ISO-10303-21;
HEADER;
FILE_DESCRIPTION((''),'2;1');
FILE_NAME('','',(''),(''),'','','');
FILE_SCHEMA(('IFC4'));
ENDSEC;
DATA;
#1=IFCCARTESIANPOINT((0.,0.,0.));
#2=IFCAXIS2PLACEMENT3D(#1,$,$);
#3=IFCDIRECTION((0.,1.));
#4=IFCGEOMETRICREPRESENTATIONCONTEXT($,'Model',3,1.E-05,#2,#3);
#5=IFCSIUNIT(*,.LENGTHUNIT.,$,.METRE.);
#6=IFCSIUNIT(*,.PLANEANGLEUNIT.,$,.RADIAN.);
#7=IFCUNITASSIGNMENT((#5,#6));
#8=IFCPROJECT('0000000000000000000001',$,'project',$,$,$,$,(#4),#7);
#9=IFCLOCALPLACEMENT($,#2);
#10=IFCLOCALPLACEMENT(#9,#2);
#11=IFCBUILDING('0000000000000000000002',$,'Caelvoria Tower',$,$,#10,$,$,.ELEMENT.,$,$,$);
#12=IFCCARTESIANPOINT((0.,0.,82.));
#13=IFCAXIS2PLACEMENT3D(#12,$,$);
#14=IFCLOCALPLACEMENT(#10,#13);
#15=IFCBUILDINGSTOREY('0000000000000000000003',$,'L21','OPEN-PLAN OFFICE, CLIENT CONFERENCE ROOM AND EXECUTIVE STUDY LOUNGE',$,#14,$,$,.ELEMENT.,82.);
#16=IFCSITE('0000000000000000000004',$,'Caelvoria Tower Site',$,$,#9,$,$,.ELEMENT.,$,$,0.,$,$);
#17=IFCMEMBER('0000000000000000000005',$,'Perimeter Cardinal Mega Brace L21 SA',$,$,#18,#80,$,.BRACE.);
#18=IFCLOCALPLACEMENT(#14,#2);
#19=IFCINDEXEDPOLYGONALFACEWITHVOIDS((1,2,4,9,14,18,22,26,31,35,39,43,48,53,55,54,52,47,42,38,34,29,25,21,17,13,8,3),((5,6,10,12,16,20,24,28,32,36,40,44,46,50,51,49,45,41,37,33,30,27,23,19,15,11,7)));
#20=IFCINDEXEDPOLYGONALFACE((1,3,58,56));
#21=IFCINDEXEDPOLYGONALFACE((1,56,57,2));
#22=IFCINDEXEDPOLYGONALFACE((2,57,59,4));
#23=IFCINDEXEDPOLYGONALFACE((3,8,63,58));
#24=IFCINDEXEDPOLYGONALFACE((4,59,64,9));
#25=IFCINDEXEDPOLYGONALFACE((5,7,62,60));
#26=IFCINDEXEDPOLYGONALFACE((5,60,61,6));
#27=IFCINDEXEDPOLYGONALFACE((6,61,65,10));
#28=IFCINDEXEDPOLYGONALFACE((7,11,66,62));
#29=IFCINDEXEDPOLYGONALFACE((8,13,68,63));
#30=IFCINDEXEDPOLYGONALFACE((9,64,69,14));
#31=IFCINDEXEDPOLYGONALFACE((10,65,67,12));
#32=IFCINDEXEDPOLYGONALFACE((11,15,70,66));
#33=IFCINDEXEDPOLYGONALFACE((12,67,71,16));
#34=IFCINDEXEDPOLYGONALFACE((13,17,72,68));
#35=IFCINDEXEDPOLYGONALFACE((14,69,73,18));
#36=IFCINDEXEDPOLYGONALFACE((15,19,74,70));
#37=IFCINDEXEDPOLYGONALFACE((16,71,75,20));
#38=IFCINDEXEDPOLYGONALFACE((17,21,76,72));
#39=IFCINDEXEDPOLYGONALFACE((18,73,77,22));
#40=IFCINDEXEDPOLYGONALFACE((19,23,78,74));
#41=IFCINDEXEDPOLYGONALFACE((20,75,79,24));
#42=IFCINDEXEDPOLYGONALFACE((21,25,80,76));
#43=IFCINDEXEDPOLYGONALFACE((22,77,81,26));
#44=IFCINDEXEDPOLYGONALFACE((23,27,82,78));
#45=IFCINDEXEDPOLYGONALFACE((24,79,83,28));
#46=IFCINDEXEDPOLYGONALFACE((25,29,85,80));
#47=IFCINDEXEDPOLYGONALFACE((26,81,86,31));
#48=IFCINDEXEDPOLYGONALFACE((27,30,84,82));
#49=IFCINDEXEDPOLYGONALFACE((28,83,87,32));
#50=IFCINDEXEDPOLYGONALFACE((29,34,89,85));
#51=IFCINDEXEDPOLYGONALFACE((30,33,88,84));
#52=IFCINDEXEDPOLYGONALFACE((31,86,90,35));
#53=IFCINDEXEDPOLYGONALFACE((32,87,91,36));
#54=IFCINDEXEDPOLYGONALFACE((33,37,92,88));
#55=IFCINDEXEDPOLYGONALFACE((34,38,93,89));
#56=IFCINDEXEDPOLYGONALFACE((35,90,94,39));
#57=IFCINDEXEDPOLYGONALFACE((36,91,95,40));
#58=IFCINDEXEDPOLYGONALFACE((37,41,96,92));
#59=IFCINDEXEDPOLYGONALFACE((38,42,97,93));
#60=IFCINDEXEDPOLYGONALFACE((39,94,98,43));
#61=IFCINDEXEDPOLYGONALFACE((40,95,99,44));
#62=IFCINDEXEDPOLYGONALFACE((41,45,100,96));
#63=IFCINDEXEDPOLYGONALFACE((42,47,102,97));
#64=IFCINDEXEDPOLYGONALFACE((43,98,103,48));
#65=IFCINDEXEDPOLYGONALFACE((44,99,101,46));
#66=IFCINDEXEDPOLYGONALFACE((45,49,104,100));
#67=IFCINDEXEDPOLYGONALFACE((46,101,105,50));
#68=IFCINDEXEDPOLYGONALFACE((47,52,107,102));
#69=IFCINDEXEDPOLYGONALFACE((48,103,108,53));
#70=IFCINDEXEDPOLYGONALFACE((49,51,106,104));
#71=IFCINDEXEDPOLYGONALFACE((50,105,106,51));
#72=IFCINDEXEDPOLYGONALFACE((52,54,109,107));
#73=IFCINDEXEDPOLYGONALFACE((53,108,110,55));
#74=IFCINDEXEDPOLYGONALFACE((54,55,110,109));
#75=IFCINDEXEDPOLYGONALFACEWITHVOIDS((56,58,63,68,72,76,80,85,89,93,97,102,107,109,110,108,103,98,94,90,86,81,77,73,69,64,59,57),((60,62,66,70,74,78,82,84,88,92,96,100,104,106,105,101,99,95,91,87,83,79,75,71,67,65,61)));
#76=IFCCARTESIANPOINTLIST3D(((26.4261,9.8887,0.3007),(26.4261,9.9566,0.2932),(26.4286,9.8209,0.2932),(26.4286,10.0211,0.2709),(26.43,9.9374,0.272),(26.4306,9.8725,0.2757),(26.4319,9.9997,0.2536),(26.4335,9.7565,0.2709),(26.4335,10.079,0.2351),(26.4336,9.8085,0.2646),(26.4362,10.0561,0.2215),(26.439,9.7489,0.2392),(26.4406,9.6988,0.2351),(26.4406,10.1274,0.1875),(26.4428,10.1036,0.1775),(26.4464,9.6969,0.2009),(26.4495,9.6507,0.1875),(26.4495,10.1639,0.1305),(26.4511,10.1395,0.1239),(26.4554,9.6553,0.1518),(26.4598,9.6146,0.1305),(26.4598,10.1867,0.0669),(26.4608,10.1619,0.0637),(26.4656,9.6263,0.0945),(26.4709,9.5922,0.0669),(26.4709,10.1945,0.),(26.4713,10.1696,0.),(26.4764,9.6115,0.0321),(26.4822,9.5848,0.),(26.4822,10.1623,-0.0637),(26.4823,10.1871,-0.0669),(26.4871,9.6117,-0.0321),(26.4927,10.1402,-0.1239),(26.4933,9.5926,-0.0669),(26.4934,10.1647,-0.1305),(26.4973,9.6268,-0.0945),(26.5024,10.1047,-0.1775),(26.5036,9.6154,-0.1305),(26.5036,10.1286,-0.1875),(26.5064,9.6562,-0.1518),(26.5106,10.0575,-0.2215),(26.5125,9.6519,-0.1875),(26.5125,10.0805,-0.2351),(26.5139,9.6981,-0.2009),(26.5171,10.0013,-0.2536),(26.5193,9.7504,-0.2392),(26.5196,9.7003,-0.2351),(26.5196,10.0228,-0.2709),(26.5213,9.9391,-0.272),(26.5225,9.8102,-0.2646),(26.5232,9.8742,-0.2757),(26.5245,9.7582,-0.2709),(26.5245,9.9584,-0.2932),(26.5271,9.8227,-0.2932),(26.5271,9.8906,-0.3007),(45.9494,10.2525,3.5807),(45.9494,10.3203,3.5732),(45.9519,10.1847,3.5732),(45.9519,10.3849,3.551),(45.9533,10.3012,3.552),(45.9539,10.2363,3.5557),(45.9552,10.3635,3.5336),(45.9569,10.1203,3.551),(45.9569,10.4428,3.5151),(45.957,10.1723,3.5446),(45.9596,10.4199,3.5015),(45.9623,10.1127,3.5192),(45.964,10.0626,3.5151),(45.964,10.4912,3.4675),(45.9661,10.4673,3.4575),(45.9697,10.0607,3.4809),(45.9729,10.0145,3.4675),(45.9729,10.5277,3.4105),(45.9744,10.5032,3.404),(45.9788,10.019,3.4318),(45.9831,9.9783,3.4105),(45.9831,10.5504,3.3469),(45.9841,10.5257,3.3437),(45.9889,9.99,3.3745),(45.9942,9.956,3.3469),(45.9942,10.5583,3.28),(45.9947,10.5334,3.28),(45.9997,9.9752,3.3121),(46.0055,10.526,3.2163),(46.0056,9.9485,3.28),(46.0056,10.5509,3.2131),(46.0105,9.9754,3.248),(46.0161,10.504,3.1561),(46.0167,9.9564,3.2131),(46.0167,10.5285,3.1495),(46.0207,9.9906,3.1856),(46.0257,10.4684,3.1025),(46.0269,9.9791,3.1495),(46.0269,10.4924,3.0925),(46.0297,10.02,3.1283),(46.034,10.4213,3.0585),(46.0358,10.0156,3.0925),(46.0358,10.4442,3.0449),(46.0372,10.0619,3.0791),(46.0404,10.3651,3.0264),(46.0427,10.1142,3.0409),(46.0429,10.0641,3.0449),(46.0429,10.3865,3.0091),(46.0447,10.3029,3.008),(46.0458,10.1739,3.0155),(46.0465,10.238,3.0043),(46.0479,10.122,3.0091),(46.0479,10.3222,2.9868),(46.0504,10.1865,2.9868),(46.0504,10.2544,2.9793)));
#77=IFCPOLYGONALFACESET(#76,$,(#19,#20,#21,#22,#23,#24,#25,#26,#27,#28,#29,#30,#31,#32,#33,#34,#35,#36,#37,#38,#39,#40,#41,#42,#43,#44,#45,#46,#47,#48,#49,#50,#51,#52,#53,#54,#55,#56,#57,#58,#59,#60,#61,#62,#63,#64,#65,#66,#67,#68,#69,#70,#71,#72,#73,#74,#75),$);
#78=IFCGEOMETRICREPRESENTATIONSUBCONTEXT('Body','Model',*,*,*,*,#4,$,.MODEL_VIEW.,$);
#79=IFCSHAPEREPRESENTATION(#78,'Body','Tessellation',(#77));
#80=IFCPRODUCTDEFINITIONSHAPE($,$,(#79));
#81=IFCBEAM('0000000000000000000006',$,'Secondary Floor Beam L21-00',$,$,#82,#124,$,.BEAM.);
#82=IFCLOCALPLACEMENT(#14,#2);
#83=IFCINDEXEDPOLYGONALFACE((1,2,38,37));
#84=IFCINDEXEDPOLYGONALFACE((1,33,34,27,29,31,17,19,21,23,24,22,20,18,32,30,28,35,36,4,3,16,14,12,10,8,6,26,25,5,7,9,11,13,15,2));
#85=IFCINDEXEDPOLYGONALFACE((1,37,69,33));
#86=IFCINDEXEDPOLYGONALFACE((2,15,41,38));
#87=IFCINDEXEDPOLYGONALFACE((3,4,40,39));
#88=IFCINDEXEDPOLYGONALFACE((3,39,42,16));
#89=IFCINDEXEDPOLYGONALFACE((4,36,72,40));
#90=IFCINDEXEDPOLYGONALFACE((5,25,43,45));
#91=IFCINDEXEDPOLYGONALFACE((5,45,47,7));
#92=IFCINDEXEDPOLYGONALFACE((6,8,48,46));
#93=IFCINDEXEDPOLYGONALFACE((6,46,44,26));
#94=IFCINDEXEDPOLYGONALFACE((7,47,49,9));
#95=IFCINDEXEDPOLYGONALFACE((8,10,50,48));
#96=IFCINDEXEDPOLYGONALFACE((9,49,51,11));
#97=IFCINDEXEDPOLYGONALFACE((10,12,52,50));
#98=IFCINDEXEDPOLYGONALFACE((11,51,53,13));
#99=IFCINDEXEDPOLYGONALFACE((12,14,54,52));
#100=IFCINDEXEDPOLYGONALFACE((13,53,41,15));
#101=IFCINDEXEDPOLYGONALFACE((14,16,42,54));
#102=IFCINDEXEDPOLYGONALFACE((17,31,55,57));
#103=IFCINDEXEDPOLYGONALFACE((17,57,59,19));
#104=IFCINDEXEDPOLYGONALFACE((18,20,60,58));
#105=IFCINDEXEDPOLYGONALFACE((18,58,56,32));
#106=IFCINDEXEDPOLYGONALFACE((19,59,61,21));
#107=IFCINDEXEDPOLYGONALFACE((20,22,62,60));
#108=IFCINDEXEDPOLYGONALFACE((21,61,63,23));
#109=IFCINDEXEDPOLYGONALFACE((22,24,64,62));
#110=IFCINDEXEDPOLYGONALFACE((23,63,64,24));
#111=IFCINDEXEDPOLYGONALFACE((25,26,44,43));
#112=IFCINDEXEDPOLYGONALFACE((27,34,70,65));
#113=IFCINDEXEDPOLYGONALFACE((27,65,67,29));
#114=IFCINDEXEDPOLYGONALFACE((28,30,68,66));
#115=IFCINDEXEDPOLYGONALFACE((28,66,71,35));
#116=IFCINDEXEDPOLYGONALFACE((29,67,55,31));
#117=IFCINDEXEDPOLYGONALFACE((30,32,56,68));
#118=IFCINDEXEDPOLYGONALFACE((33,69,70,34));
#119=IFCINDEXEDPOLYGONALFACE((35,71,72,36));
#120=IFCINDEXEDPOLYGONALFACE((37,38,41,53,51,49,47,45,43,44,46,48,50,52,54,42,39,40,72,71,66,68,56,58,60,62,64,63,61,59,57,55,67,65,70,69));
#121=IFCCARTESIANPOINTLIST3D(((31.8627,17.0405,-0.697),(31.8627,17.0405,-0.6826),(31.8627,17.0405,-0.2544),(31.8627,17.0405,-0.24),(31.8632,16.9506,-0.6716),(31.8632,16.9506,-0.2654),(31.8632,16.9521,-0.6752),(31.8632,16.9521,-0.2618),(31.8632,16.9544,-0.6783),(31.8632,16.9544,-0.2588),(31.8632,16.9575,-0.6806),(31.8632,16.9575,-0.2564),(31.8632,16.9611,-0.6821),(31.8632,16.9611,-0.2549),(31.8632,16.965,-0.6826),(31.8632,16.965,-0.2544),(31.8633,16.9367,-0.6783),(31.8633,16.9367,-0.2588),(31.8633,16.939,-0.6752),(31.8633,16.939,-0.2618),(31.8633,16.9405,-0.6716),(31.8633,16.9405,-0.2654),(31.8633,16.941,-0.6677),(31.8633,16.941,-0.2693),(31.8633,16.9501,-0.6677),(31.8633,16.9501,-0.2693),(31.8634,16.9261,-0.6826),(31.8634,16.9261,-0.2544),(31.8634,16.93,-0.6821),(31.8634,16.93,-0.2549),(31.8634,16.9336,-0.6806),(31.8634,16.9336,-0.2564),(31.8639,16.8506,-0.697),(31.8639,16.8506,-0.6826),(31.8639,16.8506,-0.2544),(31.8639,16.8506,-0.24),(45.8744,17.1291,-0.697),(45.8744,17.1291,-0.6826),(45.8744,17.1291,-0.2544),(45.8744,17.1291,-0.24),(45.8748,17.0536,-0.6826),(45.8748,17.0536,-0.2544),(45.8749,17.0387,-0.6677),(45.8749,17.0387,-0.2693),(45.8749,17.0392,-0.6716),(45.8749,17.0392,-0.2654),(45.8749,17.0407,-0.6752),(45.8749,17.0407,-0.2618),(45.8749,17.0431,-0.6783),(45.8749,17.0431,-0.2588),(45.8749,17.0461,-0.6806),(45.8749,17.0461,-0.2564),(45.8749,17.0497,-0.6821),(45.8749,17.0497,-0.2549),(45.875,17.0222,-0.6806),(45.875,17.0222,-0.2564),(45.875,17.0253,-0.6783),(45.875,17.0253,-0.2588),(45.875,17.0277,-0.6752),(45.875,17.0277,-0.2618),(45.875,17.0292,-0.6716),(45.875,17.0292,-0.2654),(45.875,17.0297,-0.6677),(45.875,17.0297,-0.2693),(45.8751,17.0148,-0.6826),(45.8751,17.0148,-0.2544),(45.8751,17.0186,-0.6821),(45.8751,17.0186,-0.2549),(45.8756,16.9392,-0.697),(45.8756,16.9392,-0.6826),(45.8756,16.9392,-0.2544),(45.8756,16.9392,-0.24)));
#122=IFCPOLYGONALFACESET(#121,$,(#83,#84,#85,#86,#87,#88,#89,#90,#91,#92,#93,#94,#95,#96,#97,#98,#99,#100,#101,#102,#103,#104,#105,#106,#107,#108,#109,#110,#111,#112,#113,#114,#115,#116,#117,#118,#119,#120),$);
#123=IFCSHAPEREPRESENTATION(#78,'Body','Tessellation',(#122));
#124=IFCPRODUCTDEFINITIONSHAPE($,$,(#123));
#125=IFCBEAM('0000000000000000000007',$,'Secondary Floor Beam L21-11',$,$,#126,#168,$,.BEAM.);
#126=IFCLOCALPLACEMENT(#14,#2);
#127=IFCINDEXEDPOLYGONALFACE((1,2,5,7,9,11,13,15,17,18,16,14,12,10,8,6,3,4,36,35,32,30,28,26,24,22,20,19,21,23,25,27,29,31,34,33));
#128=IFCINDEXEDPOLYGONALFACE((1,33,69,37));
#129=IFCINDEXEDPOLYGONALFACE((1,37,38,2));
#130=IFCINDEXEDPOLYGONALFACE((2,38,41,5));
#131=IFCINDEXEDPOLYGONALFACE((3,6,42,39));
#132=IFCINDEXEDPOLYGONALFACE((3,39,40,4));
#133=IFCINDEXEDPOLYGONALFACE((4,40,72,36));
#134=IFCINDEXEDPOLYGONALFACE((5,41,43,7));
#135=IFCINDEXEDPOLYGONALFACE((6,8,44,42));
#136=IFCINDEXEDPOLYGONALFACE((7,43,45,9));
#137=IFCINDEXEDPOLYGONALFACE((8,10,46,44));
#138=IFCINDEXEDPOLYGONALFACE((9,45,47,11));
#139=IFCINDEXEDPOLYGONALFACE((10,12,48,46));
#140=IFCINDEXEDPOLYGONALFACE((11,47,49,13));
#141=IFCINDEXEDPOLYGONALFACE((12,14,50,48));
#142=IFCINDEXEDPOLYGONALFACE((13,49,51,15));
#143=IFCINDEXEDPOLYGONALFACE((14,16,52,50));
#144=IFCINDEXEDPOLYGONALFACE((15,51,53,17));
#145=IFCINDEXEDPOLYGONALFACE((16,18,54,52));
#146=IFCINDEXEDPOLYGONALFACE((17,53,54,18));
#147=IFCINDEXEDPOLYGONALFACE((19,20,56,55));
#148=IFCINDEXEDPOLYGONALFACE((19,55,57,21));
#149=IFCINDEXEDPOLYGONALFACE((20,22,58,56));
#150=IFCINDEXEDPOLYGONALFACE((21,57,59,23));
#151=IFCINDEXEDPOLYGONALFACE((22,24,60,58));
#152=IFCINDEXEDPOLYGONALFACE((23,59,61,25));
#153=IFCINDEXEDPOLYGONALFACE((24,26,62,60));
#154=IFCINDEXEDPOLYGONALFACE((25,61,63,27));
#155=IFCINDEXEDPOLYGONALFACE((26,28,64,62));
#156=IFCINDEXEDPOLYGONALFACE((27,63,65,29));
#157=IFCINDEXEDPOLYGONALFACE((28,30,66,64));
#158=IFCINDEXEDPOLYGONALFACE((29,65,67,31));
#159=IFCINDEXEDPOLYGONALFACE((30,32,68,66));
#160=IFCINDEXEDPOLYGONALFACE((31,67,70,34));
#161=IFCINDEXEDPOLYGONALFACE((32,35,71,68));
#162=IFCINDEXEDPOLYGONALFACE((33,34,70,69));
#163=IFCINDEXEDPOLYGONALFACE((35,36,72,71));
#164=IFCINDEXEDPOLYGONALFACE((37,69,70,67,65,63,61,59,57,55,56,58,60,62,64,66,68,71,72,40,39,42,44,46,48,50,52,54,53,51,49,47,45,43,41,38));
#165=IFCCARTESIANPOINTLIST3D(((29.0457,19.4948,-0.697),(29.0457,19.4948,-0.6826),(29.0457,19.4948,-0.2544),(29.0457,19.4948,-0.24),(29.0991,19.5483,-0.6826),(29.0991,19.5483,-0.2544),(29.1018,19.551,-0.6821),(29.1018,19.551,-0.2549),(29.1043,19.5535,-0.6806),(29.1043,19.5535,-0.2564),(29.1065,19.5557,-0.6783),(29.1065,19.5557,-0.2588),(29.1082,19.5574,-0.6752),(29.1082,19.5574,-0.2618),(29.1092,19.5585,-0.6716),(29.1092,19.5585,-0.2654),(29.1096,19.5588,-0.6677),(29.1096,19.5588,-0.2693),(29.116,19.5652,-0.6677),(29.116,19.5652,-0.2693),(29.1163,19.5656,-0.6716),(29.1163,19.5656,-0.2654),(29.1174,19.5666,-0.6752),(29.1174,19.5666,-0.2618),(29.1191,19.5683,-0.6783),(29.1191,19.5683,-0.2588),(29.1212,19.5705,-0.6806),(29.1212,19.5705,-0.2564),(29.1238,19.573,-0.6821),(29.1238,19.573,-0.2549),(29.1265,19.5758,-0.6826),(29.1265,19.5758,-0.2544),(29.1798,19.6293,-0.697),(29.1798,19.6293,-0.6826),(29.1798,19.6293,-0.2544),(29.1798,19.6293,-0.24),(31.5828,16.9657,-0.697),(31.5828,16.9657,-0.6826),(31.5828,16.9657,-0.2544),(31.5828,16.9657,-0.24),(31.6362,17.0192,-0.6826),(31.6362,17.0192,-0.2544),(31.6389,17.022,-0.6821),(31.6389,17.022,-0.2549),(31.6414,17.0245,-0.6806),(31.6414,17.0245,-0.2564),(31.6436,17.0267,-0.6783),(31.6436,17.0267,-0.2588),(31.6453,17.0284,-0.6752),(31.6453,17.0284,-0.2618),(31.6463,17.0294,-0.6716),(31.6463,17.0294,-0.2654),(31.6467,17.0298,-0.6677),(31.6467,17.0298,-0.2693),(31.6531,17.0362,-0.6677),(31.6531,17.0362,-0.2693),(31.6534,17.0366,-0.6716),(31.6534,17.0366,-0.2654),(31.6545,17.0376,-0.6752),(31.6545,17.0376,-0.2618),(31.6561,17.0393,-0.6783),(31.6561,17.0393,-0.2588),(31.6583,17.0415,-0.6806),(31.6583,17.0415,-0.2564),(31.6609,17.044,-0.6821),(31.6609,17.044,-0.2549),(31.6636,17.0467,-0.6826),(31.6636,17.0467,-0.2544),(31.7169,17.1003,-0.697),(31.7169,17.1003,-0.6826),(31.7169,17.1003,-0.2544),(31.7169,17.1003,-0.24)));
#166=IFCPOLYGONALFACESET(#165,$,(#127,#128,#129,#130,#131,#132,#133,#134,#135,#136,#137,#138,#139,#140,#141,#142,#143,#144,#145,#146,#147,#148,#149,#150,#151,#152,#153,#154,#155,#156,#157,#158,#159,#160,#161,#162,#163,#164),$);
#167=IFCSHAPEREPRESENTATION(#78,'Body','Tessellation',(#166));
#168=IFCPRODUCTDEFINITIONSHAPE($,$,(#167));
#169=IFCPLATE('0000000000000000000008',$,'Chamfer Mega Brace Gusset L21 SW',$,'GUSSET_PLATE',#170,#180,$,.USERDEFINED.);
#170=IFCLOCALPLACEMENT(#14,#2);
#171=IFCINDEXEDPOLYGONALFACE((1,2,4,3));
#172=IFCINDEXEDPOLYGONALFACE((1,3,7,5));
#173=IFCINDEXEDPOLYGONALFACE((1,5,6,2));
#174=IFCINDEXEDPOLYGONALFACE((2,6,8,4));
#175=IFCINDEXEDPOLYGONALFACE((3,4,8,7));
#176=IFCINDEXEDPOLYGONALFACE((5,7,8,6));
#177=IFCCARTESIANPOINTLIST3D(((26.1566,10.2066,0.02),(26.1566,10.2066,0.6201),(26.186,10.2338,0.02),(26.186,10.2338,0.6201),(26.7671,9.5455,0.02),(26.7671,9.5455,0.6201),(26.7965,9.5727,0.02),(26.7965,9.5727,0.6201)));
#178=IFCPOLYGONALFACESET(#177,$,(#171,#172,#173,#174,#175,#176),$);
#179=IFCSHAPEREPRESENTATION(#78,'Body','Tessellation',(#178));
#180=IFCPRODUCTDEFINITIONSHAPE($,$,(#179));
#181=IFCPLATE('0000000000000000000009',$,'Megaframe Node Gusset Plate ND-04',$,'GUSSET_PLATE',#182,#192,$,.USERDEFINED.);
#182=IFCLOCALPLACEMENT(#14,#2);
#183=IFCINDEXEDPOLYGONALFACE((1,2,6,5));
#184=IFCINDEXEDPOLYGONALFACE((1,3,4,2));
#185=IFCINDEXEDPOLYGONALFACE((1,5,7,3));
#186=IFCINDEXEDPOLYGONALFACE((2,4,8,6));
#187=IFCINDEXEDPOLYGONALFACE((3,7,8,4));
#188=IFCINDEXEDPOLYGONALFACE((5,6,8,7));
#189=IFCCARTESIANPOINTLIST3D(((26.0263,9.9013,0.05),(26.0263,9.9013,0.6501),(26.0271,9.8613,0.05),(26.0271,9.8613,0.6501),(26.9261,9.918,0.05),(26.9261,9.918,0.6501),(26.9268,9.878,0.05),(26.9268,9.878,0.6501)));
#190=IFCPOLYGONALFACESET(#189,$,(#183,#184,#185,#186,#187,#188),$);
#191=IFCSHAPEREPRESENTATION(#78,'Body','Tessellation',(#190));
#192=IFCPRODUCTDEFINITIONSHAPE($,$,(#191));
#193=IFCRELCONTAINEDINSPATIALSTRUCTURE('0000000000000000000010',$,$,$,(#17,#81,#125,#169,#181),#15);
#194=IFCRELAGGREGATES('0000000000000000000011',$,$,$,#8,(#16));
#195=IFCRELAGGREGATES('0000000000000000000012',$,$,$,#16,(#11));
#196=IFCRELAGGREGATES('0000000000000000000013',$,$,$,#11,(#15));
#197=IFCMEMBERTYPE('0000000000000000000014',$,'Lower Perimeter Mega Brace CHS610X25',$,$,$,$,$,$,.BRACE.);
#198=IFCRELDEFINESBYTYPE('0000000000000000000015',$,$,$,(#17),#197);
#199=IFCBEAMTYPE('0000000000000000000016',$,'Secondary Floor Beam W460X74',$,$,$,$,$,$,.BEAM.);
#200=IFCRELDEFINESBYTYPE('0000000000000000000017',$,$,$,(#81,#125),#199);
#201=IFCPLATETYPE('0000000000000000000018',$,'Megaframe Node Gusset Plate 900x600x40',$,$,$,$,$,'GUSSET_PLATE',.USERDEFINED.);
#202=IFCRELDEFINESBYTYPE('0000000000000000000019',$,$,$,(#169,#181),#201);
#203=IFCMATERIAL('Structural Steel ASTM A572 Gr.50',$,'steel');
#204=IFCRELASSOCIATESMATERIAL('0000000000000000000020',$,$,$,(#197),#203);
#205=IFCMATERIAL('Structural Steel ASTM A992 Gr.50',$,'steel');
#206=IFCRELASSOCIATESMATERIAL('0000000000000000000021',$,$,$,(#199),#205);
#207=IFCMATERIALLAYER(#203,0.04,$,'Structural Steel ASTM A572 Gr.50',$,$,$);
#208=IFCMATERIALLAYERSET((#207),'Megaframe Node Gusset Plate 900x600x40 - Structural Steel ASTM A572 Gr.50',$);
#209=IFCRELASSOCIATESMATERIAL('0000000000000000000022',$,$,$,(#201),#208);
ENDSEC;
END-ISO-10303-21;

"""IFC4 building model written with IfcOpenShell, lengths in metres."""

from ifc_helpers import new_model, si_unit, direction, frame, origin, origin_2d, place, context, subcontext, project, spatial, rectangle, hollow_circle, i_section, extrude, material, layer, layer_set, material_profile, profile_set, type_object, element, save


model = new_model("IFC4")

# Units and contexts
model_context = context("Model", 3, precision=1e-05, world=origin(), true_north=direction((0.0, 1.0)))
body_context = subcontext(model_context, "Body", "Model", "MODEL_VIEW")
ifc_project = project(units=[si_unit("LENGTHUNIT", "METRE"), si_unit("PLANEANGLEUNIT", "RADIAN")], contexts=[model_context])

# Site, building, storey
site_placement = place(None, origin())
site = spatial("IfcSite", under=ifc_project, at=site_placement, Name="Caelvoria Tower Site", CompositionType="ELEMENT", RefElevation=0.0)
building_placement = place(site_placement, origin())
building = spatial("IfcBuilding", under=site, at=building_placement, Name="Caelvoria Tower", CompositionType="ELEMENT")
storey_placement = place(building_placement, frame((0.0, 0.0, 82.0)))
storey = spatial("IfcBuildingStorey", under=building, at=storey_placement, Name="L21", Description="OPEN-PLAN OFFICE, CLIENT CONFERENCE ROOM AND EXECUTIVE STUDY LOUNGE", CompositionType="ELEMENT", Elevation=82.0)

# Member
ifc_material_1 = material(Name="Structural Steel ASTM A572 Gr.50", Category="steel")
ifc_material_profile_1 = material_profile(ifc_material_1, hollow_circle(Radius=0.3049, WallThickness=0.0249, at=origin_2d()), Name="Structural Steel ASTM A572 Gr.50")
ifc_profile_set_1 = profile_set([ifc_material_profile_1], Name="CHS610X25 - Structural Steel ASTM A572 Gr.50")
member_type = type_object("IfcMemberType", Name="Lower Perimeter Mega Brace CHS610X25", PredefinedType="BRACE", material=ifc_profile_set_1)
member_placement = place(storey_placement, frame((26.4766, 9.8896, 0.0), z_axis=(0.986013, 0.018372, 0.165655), x_axis=(-0.018629, 0.999826, 0.0)))
element("IfcMember", 1, at=member_placement, inside=storey, type_object=member_type, Name="Perimeter Cardinal Mega Brace L21 SA", PredefinedType="BRACE", context=body_context, shape_type="SweptSolid", body=[
    extrude(hollow_circle(Radius=0.3049, WallThickness=0.0249, at=origin_2d()), origin(), (0.0, 0.0, 1.0), 19.8003),
])

# Beams
ifc_material_2 = material(Name="Structural Steel ASTM A992 Gr.50", Category="steel")
ifc_material_profile_2 = material_profile(ifc_material_2, i_section(OverallWidth=0.1899, OverallDepth=0.457, WebThickness=0.009, FlangeThickness=0.0144, FilletRadius=0.0149, at=origin_2d()), Name="Structural Steel ASTM A992 Gr.50")
ifc_profile_set_2 = profile_set([ifc_material_profile_2], Name="W460X74 - Structural Steel ASTM A992 Gr.50")
beam_type = type_object("IfcBeamType", Name="Secondary Floor Beam W460X74", PredefinedType="BEAM", material=ifc_profile_set_2)
beam_1_placement = place(storey_placement, frame((31.8633, 16.9456, -0.4685), z_axis=(0.99998, 0.006325, 0.0), x_axis=(-0.006325, 0.99998, 0.0)))
element("IfcBeam", 2, at=beam_1_placement, inside=storey, type_object=beam_type, Name="Secondary Floor Beam L21-00", PredefinedType="BEAM", context=body_context, shape_type="SweptSolid", body=[
    extrude(i_section(OverallWidth=0.1899, OverallDepth=0.457, WebThickness=0.009, FlangeThickness=0.0144, FilletRadius=0.0149, at=origin_2d()), origin(), (0.0, 0.0, 1.0), 14.012),
])
beam_2_placement = place(storey_placement, frame((29.1128, 19.562, -0.4685), z_axis=(0.70823, -0.705981, 0.0), x_axis=(0.705981, 0.70823, 0.0)))
element("IfcBeam", 3, at=beam_2_placement, inside=storey, type_object=beam_type, Name="Secondary Floor Beam L21-11", PredefinedType="BEAM", context=body_context, shape_type="SweptSolid", body=[
    extrude(i_section(OverallWidth=0.1899, OverallDepth=0.457, WebThickness=0.009, FlangeThickness=0.0144, FilletRadius=0.0149, at=origin_2d()), origin(), (0.0, 0.0, 1.0), 3.5823),
])

# Plates
ifc_layer_1 = layer(ifc_material_1, 0.04, Name="Structural Steel ASTM A572 Gr.50")
ifc_layer_set_1 = layer_set([ifc_layer_1], Name="Megaframe Node Gusset Plate 900x600x40 - Structural Steel ASTM A572 Gr.50")
plate_type = type_object("IfcPlateType", Name="Megaframe Node Gusset Plate 900x600x40", ElementType="GUSSET_PLATE", PredefinedType="USERDEFINED", material=ifc_layer_set_1)
for number, where, z_axis, x_axis, name in (
    (4, (26.4766, 9.8896, 0.02), (0.0, 0.0, 1.0), (-0.678424, 0.734671, 0.0), "Chamfer Mega Brace Gusset L21 SW"),
    (5, (26.4766, 9.8896, 0.05), (0.0, 0.0, 1.0), (0.999827, 0.01862, 0.0), "Megaframe Node Gusset Plate ND-04"),
):
    element("IfcPlate", number, at=place(storey_placement, frame(where, z_axis=z_axis, x_axis=x_axis)), inside=storey, type_object=plate_type, Name=name, ObjectType="GUSSET_PLATE", PredefinedType="USERDEFINED", context=body_context, shape_type="SweptSolid", body=[
        extrude(rectangle(XDim=0.8999, YDim=0.04, at=origin_2d()), origin(), (0.0, 0.0, 1.0), 0.6001),
    ])

save(model, "model.ifc")
